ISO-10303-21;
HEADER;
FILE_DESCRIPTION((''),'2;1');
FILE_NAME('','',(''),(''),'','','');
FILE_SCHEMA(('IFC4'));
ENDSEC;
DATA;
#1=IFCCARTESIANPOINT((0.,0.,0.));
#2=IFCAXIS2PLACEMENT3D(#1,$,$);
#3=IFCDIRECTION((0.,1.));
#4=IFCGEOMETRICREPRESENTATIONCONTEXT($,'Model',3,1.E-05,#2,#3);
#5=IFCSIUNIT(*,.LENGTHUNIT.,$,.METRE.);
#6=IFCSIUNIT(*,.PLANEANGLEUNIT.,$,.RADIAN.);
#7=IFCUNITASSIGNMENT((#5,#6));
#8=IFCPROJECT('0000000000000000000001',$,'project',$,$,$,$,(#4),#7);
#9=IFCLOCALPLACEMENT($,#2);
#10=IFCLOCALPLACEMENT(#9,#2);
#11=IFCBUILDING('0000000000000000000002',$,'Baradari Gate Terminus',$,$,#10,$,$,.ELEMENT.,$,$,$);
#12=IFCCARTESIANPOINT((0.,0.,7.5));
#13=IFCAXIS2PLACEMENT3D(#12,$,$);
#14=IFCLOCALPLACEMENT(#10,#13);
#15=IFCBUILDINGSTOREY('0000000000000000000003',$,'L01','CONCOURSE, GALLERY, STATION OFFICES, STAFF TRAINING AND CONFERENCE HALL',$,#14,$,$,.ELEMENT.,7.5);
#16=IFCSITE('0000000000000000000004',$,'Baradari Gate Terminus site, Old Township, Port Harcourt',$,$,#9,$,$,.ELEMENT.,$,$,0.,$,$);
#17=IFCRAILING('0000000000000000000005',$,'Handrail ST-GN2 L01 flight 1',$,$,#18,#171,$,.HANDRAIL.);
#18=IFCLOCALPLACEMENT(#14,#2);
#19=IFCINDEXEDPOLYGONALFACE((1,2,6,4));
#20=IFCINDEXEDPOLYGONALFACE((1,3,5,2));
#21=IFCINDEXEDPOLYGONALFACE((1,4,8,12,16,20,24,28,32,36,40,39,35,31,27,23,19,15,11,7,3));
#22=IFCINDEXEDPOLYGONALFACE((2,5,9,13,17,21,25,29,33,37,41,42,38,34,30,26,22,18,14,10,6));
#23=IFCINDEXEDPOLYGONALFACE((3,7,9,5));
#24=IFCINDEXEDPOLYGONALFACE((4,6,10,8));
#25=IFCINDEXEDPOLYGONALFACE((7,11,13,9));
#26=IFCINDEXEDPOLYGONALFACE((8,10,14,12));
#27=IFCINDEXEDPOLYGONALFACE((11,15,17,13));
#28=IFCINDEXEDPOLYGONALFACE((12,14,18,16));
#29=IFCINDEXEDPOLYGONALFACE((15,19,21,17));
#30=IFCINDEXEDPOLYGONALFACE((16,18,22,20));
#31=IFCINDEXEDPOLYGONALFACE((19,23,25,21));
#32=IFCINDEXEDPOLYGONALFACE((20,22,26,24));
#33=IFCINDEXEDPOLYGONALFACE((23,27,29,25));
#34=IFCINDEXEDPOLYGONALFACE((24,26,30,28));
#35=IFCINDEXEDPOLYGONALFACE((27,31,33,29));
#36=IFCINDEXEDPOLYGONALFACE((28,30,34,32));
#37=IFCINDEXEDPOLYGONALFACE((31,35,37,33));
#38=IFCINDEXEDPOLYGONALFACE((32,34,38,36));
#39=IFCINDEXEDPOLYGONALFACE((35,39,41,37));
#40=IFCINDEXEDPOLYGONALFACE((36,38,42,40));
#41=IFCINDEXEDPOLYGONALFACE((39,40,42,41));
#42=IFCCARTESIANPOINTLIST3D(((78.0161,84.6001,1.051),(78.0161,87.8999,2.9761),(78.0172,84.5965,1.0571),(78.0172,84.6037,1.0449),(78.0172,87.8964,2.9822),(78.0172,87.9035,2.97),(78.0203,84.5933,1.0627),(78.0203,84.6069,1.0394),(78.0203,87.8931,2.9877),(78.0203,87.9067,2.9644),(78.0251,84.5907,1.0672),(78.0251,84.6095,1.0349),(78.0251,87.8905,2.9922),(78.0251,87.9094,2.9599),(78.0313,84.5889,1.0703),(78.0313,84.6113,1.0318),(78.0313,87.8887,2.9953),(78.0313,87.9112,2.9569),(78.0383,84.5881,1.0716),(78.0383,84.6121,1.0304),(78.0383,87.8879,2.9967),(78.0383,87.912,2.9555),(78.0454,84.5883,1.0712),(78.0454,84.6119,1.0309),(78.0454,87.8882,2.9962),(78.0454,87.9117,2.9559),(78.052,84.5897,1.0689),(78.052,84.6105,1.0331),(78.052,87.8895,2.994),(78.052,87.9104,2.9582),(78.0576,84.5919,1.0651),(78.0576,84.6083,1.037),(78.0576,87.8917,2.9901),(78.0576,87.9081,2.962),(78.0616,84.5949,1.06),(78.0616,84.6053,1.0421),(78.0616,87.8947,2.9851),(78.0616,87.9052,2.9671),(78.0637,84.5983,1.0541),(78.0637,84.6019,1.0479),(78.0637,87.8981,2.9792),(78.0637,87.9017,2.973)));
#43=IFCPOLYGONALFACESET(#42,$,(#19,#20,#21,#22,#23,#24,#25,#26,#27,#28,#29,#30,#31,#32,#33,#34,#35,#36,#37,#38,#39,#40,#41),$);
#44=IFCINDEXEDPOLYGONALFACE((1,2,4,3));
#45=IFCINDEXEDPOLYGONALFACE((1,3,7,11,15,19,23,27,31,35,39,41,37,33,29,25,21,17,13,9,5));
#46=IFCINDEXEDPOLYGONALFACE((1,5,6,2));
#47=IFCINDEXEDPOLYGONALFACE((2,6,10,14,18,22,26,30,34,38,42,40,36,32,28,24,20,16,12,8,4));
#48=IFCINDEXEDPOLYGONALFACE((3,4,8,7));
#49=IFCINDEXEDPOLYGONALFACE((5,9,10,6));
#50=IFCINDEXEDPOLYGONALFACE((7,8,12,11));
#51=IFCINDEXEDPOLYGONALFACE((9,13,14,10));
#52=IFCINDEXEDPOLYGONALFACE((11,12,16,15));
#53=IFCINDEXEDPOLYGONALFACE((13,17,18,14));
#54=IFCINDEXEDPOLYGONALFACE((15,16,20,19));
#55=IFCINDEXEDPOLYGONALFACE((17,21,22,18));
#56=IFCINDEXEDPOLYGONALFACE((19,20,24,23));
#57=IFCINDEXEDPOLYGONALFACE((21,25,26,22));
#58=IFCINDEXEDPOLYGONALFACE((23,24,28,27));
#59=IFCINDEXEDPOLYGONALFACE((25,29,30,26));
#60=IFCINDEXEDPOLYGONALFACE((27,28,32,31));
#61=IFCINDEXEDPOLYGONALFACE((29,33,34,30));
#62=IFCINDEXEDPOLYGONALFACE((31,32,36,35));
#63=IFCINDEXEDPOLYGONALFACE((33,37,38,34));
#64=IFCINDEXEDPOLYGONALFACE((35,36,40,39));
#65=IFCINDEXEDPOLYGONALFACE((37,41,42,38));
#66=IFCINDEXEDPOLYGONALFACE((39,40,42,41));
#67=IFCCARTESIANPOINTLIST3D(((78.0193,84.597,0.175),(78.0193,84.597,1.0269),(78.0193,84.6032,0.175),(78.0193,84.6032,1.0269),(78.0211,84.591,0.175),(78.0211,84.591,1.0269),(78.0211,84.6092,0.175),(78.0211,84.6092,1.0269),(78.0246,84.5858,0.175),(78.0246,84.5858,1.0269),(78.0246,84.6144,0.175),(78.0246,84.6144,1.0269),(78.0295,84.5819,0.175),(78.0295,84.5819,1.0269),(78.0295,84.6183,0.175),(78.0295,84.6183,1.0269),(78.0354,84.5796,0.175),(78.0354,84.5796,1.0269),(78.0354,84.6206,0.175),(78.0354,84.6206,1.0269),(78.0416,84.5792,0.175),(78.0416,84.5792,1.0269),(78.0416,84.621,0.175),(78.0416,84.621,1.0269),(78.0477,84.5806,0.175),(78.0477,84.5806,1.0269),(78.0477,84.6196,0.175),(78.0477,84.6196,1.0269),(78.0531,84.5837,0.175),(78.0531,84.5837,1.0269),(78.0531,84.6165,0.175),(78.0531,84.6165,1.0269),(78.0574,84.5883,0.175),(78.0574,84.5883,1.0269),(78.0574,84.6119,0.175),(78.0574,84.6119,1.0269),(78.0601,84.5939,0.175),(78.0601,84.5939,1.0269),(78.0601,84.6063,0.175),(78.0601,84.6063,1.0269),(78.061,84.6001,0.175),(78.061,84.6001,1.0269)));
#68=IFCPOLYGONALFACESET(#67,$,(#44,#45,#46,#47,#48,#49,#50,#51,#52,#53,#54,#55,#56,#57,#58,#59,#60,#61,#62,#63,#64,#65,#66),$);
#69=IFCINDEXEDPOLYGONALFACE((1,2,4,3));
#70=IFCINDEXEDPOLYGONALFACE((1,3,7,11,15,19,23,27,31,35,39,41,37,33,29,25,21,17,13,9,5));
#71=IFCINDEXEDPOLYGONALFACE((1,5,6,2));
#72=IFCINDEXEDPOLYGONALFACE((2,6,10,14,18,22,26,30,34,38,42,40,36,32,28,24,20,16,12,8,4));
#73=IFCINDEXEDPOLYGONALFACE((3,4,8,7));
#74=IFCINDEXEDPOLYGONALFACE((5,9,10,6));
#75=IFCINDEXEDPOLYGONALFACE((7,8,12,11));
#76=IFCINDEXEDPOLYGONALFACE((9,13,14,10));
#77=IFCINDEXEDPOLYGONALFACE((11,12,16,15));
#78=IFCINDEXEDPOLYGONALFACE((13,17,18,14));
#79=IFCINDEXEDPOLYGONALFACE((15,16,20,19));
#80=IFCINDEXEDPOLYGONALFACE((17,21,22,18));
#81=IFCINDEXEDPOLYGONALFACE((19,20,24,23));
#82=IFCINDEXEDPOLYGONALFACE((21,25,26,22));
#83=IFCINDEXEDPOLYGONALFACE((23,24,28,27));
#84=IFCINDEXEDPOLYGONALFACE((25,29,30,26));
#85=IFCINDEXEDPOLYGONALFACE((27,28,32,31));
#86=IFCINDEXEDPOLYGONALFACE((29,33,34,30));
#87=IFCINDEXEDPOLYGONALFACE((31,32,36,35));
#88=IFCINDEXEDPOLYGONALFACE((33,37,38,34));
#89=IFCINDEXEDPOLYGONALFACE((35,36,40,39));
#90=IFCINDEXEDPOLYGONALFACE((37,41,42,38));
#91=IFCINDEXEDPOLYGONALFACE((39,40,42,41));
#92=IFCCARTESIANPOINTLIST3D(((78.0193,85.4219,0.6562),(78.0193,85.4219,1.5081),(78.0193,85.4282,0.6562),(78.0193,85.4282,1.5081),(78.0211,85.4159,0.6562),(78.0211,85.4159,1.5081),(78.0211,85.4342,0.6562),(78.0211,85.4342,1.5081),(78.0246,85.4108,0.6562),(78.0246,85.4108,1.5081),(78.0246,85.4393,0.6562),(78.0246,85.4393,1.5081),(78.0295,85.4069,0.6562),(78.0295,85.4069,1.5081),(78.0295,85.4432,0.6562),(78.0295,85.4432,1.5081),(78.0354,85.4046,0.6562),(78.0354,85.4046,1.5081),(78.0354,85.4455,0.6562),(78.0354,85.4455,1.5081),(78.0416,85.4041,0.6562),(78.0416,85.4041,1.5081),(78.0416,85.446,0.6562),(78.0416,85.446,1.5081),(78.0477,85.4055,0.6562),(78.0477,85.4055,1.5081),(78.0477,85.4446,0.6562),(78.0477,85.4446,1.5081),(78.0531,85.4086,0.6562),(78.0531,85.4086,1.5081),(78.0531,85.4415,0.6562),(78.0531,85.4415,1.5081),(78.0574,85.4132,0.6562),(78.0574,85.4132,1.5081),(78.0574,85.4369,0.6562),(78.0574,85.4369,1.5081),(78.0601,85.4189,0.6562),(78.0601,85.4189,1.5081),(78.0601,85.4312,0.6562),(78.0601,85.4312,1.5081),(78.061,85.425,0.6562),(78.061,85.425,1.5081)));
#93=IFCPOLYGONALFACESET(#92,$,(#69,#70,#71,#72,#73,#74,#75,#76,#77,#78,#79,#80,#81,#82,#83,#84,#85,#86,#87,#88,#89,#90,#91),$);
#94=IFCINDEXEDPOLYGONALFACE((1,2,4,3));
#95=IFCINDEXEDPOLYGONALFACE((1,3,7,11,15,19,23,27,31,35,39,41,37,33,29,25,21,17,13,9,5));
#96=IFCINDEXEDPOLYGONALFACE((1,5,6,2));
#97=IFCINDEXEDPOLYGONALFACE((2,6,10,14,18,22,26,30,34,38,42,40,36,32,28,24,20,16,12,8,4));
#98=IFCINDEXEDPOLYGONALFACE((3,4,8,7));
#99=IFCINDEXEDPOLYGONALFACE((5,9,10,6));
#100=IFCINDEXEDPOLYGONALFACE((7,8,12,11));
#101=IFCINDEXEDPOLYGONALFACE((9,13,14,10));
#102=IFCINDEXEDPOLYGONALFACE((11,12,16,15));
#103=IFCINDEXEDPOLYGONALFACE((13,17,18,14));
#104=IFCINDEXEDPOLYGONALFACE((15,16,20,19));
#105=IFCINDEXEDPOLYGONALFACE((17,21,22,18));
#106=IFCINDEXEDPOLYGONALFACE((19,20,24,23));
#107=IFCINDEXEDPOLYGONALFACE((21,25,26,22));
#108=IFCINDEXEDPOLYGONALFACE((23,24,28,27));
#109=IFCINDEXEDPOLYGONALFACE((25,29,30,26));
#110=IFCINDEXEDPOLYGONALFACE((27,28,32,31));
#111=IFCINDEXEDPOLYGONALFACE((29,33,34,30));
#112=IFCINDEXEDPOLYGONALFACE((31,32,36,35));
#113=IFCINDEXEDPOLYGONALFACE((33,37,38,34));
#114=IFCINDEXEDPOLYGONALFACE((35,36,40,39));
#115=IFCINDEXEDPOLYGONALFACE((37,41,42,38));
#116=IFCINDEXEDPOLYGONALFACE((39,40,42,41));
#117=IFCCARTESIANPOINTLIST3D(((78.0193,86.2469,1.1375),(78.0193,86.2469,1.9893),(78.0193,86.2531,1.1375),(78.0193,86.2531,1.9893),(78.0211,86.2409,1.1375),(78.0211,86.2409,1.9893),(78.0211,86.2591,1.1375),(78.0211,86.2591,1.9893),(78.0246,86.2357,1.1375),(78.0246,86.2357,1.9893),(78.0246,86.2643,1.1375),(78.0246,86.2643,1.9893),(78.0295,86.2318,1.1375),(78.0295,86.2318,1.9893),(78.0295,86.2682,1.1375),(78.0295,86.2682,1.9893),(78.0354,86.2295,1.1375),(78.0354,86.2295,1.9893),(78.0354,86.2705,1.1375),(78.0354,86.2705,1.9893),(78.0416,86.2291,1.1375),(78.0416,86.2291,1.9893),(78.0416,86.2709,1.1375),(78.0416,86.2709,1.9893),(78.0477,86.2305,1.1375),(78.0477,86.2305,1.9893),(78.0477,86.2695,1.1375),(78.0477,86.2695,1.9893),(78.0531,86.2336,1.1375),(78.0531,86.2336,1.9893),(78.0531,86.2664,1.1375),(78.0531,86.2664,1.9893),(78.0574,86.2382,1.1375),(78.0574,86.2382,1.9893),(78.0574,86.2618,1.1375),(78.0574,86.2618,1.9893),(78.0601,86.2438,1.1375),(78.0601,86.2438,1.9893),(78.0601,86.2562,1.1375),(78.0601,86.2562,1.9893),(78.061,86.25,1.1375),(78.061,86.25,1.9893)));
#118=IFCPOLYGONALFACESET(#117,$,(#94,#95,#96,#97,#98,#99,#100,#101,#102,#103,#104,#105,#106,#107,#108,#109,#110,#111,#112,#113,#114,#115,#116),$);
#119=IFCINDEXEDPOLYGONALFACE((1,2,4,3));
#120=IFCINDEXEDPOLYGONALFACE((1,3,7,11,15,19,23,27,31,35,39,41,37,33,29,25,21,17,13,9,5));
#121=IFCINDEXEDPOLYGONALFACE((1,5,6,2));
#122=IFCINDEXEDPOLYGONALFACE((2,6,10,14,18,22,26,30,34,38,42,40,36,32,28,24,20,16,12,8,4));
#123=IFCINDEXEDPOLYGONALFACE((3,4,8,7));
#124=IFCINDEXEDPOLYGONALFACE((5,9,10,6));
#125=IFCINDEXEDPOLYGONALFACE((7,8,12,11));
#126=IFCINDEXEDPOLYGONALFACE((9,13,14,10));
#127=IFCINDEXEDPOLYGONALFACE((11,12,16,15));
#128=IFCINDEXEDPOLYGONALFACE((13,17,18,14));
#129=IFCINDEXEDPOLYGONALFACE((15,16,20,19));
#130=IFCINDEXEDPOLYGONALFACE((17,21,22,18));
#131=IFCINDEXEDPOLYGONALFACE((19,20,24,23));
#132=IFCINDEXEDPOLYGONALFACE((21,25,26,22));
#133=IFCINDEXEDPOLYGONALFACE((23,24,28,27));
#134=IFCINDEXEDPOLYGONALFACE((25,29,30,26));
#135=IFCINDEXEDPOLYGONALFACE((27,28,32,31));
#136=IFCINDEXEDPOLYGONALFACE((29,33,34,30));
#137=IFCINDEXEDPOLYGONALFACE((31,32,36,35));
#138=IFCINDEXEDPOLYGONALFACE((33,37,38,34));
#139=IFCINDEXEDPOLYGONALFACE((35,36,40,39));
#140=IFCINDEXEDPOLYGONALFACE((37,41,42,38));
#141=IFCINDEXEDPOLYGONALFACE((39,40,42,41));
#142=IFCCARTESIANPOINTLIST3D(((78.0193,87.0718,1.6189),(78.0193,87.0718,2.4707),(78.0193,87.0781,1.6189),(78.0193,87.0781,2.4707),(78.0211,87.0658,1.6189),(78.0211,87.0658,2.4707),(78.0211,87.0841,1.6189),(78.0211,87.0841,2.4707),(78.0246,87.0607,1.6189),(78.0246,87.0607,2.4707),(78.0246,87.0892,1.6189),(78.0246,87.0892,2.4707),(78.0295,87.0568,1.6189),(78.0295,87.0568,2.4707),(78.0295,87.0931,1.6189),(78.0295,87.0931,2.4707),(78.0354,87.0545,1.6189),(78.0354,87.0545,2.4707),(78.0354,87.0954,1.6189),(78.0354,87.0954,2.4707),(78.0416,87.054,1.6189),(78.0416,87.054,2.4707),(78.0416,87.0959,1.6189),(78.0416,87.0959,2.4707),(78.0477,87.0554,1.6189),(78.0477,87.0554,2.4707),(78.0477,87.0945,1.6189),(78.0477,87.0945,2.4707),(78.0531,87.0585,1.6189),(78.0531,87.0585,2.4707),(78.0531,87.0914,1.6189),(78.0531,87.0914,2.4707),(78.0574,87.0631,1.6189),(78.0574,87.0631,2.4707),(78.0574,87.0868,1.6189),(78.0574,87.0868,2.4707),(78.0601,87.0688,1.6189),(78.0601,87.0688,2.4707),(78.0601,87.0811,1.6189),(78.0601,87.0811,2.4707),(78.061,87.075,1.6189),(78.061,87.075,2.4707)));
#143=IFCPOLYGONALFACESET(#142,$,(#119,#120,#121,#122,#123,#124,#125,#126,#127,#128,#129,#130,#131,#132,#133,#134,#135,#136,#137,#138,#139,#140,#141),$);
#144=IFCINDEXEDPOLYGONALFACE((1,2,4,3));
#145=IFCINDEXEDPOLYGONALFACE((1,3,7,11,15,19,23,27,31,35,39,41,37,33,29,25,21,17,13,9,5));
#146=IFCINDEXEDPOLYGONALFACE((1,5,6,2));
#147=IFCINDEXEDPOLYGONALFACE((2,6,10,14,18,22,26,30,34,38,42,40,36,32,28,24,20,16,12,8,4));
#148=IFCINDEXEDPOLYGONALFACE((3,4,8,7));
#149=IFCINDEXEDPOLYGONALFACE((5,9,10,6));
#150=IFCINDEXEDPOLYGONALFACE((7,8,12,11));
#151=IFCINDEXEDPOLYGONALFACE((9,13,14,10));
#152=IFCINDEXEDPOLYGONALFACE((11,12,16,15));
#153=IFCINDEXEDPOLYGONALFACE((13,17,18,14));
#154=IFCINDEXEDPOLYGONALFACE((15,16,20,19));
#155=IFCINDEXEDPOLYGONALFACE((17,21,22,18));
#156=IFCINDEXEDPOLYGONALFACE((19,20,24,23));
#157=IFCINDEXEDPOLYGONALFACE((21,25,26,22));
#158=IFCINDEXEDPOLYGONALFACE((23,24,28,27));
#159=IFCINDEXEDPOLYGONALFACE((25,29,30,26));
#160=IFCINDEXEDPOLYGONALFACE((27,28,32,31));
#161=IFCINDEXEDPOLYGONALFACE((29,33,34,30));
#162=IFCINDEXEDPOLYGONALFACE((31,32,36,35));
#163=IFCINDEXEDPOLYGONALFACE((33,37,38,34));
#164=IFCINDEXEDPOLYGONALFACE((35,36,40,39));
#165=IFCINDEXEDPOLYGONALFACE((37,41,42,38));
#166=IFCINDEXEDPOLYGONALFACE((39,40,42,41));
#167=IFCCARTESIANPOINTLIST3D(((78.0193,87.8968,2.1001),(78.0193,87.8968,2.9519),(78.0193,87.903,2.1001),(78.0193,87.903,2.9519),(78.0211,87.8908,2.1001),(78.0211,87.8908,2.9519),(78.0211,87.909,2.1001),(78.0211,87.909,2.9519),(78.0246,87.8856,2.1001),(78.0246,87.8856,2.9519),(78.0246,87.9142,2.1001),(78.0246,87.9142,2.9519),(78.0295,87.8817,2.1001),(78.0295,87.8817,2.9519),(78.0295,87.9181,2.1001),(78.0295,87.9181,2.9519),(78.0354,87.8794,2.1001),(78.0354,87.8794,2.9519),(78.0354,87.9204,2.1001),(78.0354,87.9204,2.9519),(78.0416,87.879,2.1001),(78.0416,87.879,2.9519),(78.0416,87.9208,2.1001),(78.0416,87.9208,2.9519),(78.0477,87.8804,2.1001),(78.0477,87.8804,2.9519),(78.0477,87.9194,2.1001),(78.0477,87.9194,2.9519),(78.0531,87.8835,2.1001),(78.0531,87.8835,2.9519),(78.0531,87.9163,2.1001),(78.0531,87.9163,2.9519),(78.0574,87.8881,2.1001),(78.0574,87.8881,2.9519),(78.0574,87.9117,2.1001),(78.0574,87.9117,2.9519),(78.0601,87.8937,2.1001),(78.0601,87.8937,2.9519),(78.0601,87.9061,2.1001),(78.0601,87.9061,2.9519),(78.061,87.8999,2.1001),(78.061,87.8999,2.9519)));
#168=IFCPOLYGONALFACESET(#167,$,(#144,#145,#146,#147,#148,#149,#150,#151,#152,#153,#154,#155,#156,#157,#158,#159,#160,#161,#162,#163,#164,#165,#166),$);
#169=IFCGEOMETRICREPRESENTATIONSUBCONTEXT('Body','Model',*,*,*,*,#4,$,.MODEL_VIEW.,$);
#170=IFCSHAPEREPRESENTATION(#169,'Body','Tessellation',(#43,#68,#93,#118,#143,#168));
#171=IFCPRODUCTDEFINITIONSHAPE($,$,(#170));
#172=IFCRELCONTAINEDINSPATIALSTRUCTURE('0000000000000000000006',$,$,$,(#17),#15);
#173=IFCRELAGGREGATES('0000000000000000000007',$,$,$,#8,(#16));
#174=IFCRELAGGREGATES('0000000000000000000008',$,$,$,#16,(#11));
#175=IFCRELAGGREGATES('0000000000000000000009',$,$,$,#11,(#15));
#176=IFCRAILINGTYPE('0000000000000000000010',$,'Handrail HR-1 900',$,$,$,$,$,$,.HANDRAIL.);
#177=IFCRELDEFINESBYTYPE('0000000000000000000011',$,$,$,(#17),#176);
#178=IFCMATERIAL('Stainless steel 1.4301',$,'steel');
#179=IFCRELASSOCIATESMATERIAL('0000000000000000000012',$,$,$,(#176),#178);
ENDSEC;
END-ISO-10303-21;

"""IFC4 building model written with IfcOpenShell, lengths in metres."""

from ifc_helpers import new_model, si_unit, direction, frame, origin, origin_2d, place, context, subcontext, project, spatial, circle, extrude, material, type_object, element, save


model = new_model("IFC4")

# Units and contexts
model_context = context("Model", 3, precision=1e-05, world=origin(), true_north=direction((0.0, 1.0)))
body_context = subcontext(model_context, "Body", "Model", "MODEL_VIEW")
ifc_project = project(units=[si_unit("LENGTHUNIT", "METRE"), si_unit("PLANEANGLEUNIT", "RADIAN")], contexts=[model_context])

# Site, building, storey
site_placement = place(None, origin())
site = spatial("IfcSite", under=ifc_project, at=site_placement, Name="Baradari Gate Terminus site, Old Township, Port Harcourt", CompositionType="ELEMENT", RefElevation=0.0)
building_placement = place(site_placement, origin())
building = spatial("IfcBuilding", under=site, at=building_placement, Name="Baradari Gate Terminus", CompositionType="ELEMENT")
storey_placement = place(building_placement, frame((0.0, 0.0, 7.5)))
storey = spatial("IfcBuildingStorey", under=building, at=storey_placement, Name="L01", Description="CONCOURSE, GALLERY, STATION OFFICES, STAFF TRAINING AND CONFERENCE HALL", CompositionType="ELEMENT", Elevation=7.5)

# Railing
ifc_material_1 = material(Name="Stainless steel 1.4301", Category="steel")
railing_type = type_object("IfcRailingType", Name="Handrail HR-1 900", PredefinedType="HANDRAIL", material=ifc_material_1)
for number, where, name in (
    (1, (78.04, 84.6001, 0.175), "Handrail ST-GN2 L01 flight 1"),
):
    element("IfcRailing", number, at=place(storey_placement, frame(where)), inside=storey, type_object=railing_type, Name=name, PredefinedType="HANDRAIL", context=body_context, shape_type="SweptSolid", body=[
        extrude(circle(Radius=0.0239, at=origin_2d()), frame((0.0, 0.0, 0.876), z_axis=(0.0, 0.86376, 0.503903), x_axis=(-1.0, 0.0, 0.0)), (0.0, 0.0, 1.0), 3.8203),
        extrude(circle(Radius=0.021, at=origin_2d()), origin(), (0.0, 0.0, 1.0), 0.8518),
        extrude(circle(Radius=0.021, at=origin_2d()), frame((0.0, 0.825, 0.4812)), (0.0, 0.0, 1.0), 0.8518),
        extrude(circle(Radius=0.021, at=origin_2d()), frame((0.0, 1.6499, 0.9624)), (0.0, 0.0, 1.0), 0.8518),
        extrude(circle(Radius=0.021, at=origin_2d()), frame((0.0, 2.4749, 1.4438)), (0.0, 0.0, 1.0), 0.8518),
        extrude(circle(Radius=0.021, at=origin_2d()), frame((0.0, 3.2998, 1.925)), (0.0, 0.0, 1.0), 0.8518),
    ])

save(model, "model.ifc")
